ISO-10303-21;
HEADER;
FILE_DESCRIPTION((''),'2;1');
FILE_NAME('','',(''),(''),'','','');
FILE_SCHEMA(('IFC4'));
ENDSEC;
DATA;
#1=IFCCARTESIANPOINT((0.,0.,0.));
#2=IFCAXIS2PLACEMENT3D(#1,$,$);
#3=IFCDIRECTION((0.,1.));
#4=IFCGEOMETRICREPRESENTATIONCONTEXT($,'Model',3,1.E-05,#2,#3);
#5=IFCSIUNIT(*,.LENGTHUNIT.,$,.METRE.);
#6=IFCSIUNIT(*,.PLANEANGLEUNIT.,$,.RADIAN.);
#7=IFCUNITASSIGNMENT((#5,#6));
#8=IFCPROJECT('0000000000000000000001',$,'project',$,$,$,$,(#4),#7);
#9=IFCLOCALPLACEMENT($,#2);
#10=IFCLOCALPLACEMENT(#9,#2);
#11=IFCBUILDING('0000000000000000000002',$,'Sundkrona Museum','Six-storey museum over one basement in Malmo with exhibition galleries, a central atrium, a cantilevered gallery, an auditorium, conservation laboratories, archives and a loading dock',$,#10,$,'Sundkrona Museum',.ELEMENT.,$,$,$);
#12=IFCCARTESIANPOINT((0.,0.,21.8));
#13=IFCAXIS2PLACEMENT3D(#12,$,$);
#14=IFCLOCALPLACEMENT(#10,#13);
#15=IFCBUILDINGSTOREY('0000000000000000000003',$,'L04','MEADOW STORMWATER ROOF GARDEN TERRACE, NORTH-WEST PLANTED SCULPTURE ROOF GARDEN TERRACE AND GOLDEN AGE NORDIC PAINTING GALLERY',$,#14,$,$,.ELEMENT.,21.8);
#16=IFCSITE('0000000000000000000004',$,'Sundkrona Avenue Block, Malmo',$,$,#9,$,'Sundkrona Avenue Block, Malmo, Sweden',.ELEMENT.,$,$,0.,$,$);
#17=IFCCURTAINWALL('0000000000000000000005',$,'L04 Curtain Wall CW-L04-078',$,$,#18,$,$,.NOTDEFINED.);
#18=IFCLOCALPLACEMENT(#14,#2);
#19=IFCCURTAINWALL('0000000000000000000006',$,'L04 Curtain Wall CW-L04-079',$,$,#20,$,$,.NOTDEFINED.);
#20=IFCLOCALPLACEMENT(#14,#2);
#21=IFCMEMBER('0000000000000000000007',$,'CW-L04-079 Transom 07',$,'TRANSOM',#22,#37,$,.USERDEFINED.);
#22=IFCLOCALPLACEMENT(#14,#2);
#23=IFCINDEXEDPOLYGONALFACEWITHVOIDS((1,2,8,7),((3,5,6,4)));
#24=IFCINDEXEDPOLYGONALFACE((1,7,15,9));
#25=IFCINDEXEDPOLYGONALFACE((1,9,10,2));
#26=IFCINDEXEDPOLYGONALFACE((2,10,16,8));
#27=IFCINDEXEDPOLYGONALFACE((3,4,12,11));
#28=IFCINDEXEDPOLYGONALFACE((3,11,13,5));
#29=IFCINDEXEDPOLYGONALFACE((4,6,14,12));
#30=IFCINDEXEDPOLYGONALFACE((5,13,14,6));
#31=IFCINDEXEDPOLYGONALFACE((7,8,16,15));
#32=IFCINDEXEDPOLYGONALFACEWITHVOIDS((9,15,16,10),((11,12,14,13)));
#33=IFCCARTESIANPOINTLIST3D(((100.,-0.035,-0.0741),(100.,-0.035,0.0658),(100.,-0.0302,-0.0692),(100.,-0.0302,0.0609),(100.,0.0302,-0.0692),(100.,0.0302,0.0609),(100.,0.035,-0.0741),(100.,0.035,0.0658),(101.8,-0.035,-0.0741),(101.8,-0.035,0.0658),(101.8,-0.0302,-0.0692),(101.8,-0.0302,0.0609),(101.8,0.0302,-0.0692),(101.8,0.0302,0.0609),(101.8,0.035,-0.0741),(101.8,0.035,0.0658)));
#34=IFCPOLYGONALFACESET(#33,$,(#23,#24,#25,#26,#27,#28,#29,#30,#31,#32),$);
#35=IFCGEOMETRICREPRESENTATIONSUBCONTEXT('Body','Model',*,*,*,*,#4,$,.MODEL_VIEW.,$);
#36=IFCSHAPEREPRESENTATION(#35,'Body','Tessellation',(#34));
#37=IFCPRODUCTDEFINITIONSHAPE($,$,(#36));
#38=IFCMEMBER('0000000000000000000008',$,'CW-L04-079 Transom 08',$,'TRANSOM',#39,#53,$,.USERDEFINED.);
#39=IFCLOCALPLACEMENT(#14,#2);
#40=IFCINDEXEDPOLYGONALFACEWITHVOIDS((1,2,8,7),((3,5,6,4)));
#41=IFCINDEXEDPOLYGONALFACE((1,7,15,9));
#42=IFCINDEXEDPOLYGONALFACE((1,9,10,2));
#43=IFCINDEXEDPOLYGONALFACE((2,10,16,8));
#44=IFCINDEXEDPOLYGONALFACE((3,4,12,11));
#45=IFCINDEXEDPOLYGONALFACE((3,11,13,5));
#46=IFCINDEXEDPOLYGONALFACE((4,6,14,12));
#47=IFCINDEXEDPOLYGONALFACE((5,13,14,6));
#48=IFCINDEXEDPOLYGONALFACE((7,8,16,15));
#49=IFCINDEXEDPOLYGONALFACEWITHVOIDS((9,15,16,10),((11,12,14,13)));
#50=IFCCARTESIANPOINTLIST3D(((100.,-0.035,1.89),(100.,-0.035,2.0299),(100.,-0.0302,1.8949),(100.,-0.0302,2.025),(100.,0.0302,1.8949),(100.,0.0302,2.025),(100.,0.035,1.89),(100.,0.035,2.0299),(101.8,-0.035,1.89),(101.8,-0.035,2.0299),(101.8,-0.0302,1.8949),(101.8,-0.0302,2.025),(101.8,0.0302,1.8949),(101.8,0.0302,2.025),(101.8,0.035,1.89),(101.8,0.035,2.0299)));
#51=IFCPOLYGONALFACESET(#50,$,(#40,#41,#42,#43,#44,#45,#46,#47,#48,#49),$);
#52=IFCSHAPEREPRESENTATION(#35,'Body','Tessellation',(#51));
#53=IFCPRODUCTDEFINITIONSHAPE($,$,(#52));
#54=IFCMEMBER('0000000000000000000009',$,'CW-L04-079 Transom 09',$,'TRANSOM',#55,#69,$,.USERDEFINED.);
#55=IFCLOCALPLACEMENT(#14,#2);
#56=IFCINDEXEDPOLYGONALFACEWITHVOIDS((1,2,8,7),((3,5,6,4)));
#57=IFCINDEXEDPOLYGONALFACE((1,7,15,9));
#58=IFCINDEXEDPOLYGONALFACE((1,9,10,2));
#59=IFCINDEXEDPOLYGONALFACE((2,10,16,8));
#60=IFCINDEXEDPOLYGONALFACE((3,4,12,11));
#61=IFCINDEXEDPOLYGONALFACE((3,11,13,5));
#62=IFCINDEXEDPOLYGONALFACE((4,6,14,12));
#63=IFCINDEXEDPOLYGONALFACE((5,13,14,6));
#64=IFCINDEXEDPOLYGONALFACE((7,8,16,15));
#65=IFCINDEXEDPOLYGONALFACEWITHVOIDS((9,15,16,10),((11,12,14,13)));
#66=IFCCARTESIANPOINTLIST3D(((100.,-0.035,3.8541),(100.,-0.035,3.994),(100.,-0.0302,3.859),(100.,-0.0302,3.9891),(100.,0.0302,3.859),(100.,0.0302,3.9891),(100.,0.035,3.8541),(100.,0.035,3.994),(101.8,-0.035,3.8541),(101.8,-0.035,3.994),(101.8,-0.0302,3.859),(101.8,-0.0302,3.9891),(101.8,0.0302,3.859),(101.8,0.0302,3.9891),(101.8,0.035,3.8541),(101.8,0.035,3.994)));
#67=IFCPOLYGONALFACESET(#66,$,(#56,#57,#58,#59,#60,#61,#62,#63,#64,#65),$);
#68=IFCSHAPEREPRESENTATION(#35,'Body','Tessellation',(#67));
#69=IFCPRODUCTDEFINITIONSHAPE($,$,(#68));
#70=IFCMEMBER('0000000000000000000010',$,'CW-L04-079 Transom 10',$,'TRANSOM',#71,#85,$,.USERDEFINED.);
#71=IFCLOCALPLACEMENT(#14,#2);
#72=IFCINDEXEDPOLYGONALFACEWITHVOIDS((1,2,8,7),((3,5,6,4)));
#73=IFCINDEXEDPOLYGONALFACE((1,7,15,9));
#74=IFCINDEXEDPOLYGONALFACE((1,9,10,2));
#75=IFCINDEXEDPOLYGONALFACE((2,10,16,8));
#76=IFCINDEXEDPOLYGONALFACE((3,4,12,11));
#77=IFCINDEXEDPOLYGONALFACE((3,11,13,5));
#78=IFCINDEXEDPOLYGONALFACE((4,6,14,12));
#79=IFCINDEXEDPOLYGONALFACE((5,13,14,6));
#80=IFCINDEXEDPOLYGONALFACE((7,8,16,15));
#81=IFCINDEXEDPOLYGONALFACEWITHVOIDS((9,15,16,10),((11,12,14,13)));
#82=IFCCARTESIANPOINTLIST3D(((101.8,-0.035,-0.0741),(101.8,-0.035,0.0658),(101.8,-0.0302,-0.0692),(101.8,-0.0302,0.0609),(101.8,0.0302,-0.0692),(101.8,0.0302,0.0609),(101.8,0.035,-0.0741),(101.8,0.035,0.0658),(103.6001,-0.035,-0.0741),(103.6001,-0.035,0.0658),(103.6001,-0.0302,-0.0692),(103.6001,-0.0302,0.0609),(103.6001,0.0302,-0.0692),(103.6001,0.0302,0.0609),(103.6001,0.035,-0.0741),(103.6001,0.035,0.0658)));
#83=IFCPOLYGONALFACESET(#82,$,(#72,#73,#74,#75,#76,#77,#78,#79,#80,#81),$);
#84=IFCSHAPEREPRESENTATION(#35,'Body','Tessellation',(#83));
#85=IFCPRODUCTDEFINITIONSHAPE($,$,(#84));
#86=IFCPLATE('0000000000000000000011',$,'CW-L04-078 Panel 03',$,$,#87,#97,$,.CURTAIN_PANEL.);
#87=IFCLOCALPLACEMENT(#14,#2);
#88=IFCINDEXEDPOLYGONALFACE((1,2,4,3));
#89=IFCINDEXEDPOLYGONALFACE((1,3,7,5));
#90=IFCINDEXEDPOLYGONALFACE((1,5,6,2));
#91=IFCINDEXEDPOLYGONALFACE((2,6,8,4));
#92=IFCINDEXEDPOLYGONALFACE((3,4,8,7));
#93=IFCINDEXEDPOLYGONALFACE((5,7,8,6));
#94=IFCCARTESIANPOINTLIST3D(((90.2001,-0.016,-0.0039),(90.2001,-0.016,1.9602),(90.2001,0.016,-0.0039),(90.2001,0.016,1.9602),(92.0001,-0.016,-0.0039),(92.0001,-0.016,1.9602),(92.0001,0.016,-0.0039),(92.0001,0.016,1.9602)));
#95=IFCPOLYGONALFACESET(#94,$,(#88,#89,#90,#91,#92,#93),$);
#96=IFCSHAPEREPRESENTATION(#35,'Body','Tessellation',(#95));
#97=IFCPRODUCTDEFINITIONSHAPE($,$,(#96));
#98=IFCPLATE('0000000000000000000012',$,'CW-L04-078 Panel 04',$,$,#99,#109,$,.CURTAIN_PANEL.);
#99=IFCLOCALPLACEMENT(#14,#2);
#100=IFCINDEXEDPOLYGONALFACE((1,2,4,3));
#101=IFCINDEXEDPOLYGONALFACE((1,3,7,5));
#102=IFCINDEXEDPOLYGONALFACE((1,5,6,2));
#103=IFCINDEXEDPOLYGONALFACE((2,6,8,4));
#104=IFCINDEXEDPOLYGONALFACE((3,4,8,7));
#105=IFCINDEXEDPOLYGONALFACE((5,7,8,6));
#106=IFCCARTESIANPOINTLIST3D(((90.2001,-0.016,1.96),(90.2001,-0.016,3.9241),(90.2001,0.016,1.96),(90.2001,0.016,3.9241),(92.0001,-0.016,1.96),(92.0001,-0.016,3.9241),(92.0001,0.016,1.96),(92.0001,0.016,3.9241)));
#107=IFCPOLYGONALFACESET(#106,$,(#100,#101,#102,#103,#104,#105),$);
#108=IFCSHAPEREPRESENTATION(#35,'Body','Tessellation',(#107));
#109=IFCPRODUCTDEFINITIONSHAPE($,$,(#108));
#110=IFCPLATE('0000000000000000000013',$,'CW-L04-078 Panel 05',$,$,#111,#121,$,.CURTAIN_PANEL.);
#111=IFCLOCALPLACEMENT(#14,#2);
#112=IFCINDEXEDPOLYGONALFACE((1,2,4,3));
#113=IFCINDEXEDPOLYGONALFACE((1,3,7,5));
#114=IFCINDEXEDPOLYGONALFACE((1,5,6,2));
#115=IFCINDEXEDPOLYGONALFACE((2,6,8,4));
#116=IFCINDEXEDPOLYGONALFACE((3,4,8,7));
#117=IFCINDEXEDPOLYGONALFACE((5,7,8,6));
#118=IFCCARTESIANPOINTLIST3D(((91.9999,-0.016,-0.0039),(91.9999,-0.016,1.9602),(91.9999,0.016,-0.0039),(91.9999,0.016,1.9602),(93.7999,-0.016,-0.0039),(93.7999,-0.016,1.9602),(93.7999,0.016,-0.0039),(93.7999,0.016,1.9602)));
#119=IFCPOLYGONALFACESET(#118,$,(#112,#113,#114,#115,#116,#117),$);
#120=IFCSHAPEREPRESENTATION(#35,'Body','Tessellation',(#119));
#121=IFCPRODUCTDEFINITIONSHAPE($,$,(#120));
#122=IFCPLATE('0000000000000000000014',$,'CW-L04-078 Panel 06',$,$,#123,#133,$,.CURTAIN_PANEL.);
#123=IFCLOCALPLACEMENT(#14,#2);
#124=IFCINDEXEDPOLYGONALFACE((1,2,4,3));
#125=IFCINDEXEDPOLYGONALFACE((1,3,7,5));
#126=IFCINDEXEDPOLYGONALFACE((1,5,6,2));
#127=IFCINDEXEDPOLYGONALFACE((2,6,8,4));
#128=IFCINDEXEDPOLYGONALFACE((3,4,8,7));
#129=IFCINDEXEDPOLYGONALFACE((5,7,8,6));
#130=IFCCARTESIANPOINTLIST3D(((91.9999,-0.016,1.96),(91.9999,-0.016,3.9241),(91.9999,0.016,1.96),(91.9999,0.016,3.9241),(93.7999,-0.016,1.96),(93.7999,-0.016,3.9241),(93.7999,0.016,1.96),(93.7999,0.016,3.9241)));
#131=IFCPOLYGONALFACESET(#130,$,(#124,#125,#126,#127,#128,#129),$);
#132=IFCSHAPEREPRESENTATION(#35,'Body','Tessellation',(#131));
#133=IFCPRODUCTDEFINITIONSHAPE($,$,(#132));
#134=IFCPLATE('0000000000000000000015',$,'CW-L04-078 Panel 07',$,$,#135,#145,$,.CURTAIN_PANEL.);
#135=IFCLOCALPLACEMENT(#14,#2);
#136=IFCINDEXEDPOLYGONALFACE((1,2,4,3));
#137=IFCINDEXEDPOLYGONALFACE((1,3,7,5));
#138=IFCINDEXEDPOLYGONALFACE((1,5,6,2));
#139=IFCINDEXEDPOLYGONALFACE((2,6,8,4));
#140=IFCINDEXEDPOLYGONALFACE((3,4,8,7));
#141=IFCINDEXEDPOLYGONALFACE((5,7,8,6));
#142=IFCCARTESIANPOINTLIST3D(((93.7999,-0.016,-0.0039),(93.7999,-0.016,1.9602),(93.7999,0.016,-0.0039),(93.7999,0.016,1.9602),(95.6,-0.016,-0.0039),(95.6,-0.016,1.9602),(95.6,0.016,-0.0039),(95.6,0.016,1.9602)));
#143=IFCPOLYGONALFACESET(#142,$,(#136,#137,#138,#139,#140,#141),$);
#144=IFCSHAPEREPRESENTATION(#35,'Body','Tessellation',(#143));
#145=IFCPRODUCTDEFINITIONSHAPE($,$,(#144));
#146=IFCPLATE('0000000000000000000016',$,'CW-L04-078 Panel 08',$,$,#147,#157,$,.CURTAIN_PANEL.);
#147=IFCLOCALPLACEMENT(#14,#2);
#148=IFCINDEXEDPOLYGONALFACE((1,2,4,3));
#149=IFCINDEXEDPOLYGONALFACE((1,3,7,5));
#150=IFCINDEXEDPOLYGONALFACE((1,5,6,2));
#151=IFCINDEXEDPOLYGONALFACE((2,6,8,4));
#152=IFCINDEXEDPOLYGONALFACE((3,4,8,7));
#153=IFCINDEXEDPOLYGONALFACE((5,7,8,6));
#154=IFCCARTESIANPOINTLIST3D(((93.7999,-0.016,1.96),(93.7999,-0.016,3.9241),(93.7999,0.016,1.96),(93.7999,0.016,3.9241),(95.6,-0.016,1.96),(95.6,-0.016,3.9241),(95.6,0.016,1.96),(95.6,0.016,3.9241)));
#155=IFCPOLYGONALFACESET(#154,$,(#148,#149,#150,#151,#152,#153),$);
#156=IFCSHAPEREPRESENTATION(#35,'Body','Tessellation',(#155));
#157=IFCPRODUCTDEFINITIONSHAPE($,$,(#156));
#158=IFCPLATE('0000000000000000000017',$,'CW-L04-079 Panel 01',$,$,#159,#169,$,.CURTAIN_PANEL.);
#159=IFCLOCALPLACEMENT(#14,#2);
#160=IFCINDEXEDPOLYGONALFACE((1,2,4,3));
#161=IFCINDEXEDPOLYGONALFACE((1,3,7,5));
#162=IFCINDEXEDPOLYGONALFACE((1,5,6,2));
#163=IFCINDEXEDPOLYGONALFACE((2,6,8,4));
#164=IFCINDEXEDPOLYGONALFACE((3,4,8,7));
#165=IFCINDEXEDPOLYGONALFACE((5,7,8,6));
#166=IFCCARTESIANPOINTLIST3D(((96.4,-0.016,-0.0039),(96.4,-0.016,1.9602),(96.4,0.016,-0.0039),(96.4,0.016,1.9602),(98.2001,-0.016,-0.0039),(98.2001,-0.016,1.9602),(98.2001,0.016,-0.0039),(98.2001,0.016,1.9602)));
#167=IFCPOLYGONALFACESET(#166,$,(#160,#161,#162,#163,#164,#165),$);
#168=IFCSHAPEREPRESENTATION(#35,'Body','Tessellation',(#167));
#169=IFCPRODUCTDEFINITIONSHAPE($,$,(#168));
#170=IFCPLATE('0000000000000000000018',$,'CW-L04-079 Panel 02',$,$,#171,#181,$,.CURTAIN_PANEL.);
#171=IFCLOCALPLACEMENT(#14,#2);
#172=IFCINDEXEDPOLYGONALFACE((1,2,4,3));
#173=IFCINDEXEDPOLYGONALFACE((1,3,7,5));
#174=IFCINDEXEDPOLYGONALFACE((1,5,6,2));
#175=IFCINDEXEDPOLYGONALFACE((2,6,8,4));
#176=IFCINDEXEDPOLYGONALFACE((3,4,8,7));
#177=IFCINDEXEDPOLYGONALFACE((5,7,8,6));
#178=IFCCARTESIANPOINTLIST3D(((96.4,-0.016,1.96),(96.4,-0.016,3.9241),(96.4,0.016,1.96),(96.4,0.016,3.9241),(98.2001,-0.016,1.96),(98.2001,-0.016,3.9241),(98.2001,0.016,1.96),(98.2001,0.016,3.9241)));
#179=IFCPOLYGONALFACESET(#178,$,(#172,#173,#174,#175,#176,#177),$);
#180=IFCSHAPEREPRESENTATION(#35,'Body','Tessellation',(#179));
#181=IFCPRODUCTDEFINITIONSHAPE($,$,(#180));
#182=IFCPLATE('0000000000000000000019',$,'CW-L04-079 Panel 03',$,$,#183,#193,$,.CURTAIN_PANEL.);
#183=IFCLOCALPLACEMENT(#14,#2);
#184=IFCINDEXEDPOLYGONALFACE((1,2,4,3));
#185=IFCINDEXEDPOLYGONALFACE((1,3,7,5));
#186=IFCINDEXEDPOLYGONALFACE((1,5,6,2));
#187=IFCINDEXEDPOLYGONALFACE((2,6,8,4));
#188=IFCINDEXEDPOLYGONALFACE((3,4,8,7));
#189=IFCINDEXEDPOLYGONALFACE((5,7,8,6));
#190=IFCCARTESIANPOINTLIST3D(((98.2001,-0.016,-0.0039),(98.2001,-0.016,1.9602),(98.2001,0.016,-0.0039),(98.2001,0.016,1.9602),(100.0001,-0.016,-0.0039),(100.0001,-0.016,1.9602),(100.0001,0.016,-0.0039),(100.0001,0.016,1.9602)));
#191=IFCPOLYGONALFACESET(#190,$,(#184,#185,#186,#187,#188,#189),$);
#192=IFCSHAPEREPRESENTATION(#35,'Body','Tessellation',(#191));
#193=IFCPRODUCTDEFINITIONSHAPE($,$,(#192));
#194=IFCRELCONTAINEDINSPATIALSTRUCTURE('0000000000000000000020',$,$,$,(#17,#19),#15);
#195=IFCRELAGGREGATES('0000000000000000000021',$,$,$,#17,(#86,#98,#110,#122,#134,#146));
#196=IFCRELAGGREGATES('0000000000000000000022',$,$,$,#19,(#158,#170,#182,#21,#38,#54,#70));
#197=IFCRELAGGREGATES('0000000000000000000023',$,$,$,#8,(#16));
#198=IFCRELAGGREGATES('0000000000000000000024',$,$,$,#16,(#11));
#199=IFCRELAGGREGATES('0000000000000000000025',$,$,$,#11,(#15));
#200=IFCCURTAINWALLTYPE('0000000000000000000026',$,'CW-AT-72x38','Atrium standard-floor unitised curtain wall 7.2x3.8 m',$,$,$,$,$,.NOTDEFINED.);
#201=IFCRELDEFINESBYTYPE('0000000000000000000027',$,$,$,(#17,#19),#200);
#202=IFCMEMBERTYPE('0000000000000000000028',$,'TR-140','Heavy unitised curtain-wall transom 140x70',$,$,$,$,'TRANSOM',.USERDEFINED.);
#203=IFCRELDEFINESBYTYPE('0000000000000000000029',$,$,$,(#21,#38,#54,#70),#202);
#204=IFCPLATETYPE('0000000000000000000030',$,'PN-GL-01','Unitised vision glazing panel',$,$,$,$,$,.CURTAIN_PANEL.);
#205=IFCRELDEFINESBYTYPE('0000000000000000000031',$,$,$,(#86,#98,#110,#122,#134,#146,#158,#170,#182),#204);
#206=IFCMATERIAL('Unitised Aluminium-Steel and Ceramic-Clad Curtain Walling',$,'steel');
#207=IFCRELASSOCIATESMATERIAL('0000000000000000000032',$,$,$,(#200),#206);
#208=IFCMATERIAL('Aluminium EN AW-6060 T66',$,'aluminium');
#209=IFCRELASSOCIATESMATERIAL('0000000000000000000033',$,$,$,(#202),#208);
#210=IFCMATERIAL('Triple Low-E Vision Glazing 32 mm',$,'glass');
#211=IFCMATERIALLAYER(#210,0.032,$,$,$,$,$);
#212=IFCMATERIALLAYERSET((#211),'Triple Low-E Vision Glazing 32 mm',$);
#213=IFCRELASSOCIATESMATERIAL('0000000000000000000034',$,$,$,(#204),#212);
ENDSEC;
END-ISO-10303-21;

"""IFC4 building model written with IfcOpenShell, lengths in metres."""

from ifc_helpers import new_model, si_unit, direction, frame, origin, origin_2d, place, context, subcontext, project, spatial, rectangle, hollow_rectangle, extrude, material, layer, layer_set, material_profile, profile_set, type_object, element, aggregate, save


model = new_model("IFC4")

# Units and contexts
model_context = context("Model", 3, precision=1e-05, world=origin(), true_north=direction((0.0, 1.0)))
body_context = subcontext(model_context, "Body", "Model", "MODEL_VIEW")
ifc_project = project(units=[si_unit("LENGTHUNIT", "METRE"), si_unit("PLANEANGLEUNIT", "RADIAN")], contexts=[model_context])

# Site, building, storey
site_placement = place(None, origin())
site = spatial("IfcSite", under=ifc_project, at=site_placement, Name="Sundkrona Avenue Block, Malmo", LongName="Sundkrona Avenue Block, Malmo, Sweden", CompositionType="ELEMENT", RefElevation=0.0)
building_placement = place(site_placement, origin())
building = spatial("IfcBuilding", under=site, at=building_placement, Name="Sundkrona Museum", Description="Six-storey museum over one basement in Malmo with exhibition galleries, a central atrium, a cantilevered gallery, an auditorium, conservation laboratories, archives and a loading dock", LongName="Sundkrona Museum", CompositionType="ELEMENT")
storey_placement = place(building_placement, frame((0.0, 0.0, 21.8)))
storey = spatial("IfcBuildingStorey", under=building, at=storey_placement, Name="L04", Description="MEADOW STORMWATER ROOF GARDEN TERRACE, NORTH-WEST PLANTED SCULPTURE ROOF GARDEN TERRACE AND GOLDEN AGE NORDIC PAINTING GALLERY", CompositionType="ELEMENT", Elevation=21.8)

# Curtain walls
ifc_material_1 = material(Name="Unitised Aluminium-Steel and Ceramic-Clad Curtain Walling", Category="steel")
curtain_wall_type = type_object("IfcCurtainWallType", Name="CW-AT-72x38", Description="Atrium standard-floor unitised curtain wall 7.2x3.8 m", PredefinedType="NOTDEFINED", material=ifc_material_1)
curtain_wall_1_placement = place(storey_placement, origin())
curtain_wall_1 = element("IfcCurtainWall", 1, at=curtain_wall_1_placement, inside=storey, type_object=curtain_wall_type, Name="L04 Curtain Wall CW-L04-078", PredefinedType="NOTDEFINED")
ifc_material_2 = material(Name="Aluminium EN AW-6060 T66", Category="aluminium")
curtain_wall_2_placement = place(storey_placement, origin())
curtain_wall_2 = element("IfcCurtainWall", 2, at=curtain_wall_2_placement, inside=storey, type_object=curtain_wall_type, Name="L04 Curtain Wall CW-L04-079", PredefinedType="NOTDEFINED")

# Members
ifc_material_profile_1 = material_profile(ifc_material_2, hollow_rectangle(XDim=0.0701, YDim=0.1399, WallThickness=0.0049, at=origin_2d()), Name="RHS 140x70x5.0")
ifc_profile_set_1 = profile_set([ifc_material_profile_1], Name="Aluminium EN AW-6060 T66")
member_type_1 = type_object("IfcMemberType", Name="TR-140", Description="Heavy unitised curtain-wall transom 140x70", ElementType="TRANSOM", PredefinedType="USERDEFINED", material=ifc_profile_set_1)
member_1_placement = place(storey_placement, frame((100.0, 0.0, -0.0042), z_axis=(1.0, 0.0, 0.0), x_axis=(0.0, 1.0, 0.0)))
member_1 = element("IfcMember", 3, at=member_1_placement, type_object=member_type_1, Name="CW-L04-079 Transom 07", ObjectType="TRANSOM", PredefinedType="USERDEFINED", context=body_context, shape_type="SweptSolid", body=[
    extrude(hollow_rectangle(XDim=0.0701, YDim=0.1399, WallThickness=0.0049, at=origin_2d()), origin(), (0.0, 0.0, 1.0), 1.8),
])
member_2_placement = place(storey_placement, frame((100.0, 0.0, 1.96), z_axis=(1.0, 0.0, 0.0), x_axis=(0.0, 1.0, 0.0)))
member_2 = element("IfcMember", 4, at=member_2_placement, type_object=member_type_1, Name="CW-L04-079 Transom 08", ObjectType="TRANSOM", PredefinedType="USERDEFINED", context=body_context, shape_type="SweptSolid", body=[
    extrude(hollow_rectangle(XDim=0.0701, YDim=0.1399, WallThickness=0.0049, at=origin_2d()), origin(), (0.0, 0.0, 1.0), 1.8),
])
member_3_placement = place(storey_placement, frame((100.0, 0.0, 3.9241), z_axis=(1.0, 0.0, 0.0), x_axis=(0.0, 1.0, 0.0)))
member_3 = element("IfcMember", 5, at=member_3_placement, type_object=member_type_1, Name="CW-L04-079 Transom 09", ObjectType="TRANSOM", PredefinedType="USERDEFINED", context=body_context, shape_type="SweptSolid", body=[
    extrude(hollow_rectangle(XDim=0.0701, YDim=0.1399, WallThickness=0.0049, at=origin_2d()), origin(), (0.0, 0.0, 1.0), 1.8),
])
member_4_placement = place(storey_placement, frame((101.8, 0.0, -0.0042), z_axis=(1.0, 0.0, 0.0), x_axis=(0.0, 1.0, 0.0)))
member_4 = element("IfcMember", 6, at=member_4_placement, type_object=member_type_1, Name="CW-L04-079 Transom 10", ObjectType="TRANSOM", PredefinedType="USERDEFINED", context=body_context, shape_type="SweptSolid", body=[
    extrude(hollow_rectangle(XDim=0.0701, YDim=0.1399, WallThickness=0.0049, at=origin_2d()), origin(), (0.0, 0.0, 1.0), 1.8),
])

# Plates
ifc_material_3 = material(Name="Triple Low-E Vision Glazing 32 mm", Category="glass")
ifc_layer = layer(ifc_material_3, 0.032)
ifc_layer_set = layer_set([ifc_layer], Name="Triple Low-E Vision Glazing 32 mm")
plate_type = type_object("IfcPlateType", Name="PN-GL-01", Description="Unitised vision glazing panel", PredefinedType="CURTAIN_PANEL", material=ifc_layer_set)
plate_1_placement = place(storey_placement, frame((91.1001, 0.0, -0.0039), z_axis=(0.0, 0.0, 1.0), x_axis=(1.0, 0.0, 0.0)))
plate_1 = element("IfcPlate", 7, at=plate_1_placement, type_object=plate_type, Name="CW-L04-078 Panel 03", PredefinedType="CURTAIN_PANEL", context=body_context, shape_type="SweptSolid", body=[
    extrude(rectangle(XDim=1.8, YDim=0.032, at=origin_2d()), origin(), (0.0, 0.0, 1.0), 1.9641),
])
plate_2_placement = place(storey_placement, frame((91.1001, 0.0, 1.96), z_axis=(0.0, 0.0, 1.0), x_axis=(1.0, 0.0, 0.0)))
plate_2 = element("IfcPlate", 8, at=plate_2_placement, type_object=plate_type, Name="CW-L04-078 Panel 04", PredefinedType="CURTAIN_PANEL", context=body_context, shape_type="SweptSolid", body=[
    extrude(rectangle(XDim=1.8, YDim=0.032, at=origin_2d()), origin(), (0.0, 0.0, 1.0), 1.9641),
])
plate_3_placement = place(storey_placement, frame((92.8999, 0.0, -0.0039), z_axis=(0.0, 0.0, 1.0), x_axis=(1.0, 0.0, 0.0)))
plate_3 = element("IfcPlate", 9, at=plate_3_placement, type_object=plate_type, Name="CW-L04-078 Panel 05", PredefinedType="CURTAIN_PANEL", context=body_context, shape_type="SweptSolid", body=[
    extrude(rectangle(XDim=1.8, YDim=0.032, at=origin_2d()), origin(), (0.0, 0.0, 1.0), 1.9641),
])
plate_4_placement = place(storey_placement, frame((92.8999, 0.0, 1.96), z_axis=(0.0, 0.0, 1.0), x_axis=(1.0, 0.0, 0.0)))
plate_4 = element("IfcPlate", 10, at=plate_4_placement, type_object=plate_type, Name="CW-L04-078 Panel 06", PredefinedType="CURTAIN_PANEL", context=body_context, shape_type="SweptSolid", body=[
    extrude(rectangle(XDim=1.8, YDim=0.032, at=origin_2d()), origin(), (0.0, 0.0, 1.0), 1.9641),
])
plate_5_placement = place(storey_placement, frame((94.7, 0.0, -0.0039), z_axis=(0.0, 0.0, 1.0), x_axis=(1.0, 0.0, 0.0)))
plate_5 = element("IfcPlate", 11, at=plate_5_placement, type_object=plate_type, Name="CW-L04-078 Panel 07", PredefinedType="CURTAIN_PANEL", context=body_context, shape_type="SweptSolid", body=[
    extrude(rectangle(XDim=1.8, YDim=0.032, at=origin_2d()), origin(), (0.0, 0.0, 1.0), 1.9641),
])
plate_6_placement = place(storey_placement, frame((94.7, 0.0, 1.96), z_axis=(0.0, 0.0, 1.0), x_axis=(1.0, 0.0, 0.0)))
plate_6 = element("IfcPlate", 12, at=plate_6_placement, type_object=plate_type, Name="CW-L04-078 Panel 08", PredefinedType="CURTAIN_PANEL", context=body_context, shape_type="SweptSolid", body=[
    extrude(rectangle(XDim=1.8, YDim=0.032, at=origin_2d()), origin(), (0.0, 0.0, 1.0), 1.9641),
])
aggregate(curtain_wall_1, [plate_1, plate_2, plate_3, plate_4, plate_5, plate_6])
plate_7_placement = place(storey_placement, frame((97.3, 0.0, -0.0039), z_axis=(0.0, 0.0, 1.0), x_axis=(1.0, 0.0, 0.0)))
plate_7 = element("IfcPlate", 13, at=plate_7_placement, type_object=plate_type, Name="CW-L04-079 Panel 01", PredefinedType="CURTAIN_PANEL", context=body_context, shape_type="SweptSolid", body=[
    extrude(rectangle(XDim=1.8, YDim=0.032, at=origin_2d()), origin(), (0.0, 0.0, 1.0), 1.9641),
])
plate_8_placement = place(storey_placement, frame((97.3, 0.0, 1.96), z_axis=(0.0, 0.0, 1.0), x_axis=(1.0, 0.0, 0.0)))
plate_8 = element("IfcPlate", 14, at=plate_8_placement, type_object=plate_type, Name="CW-L04-079 Panel 02", PredefinedType="CURTAIN_PANEL", context=body_context, shape_type="SweptSolid", body=[
    extrude(rectangle(XDim=1.8, YDim=0.032, at=origin_2d()), origin(), (0.0, 0.0, 1.0), 1.9641),
])
plate_9_placement = place(storey_placement, frame((99.1001, 0.0, -0.0039), z_axis=(0.0, 0.0, 1.0), x_axis=(1.0, 0.0, 0.0)))
plate_9 = element("IfcPlate", 15, at=plate_9_placement, type_object=plate_type, Name="CW-L04-079 Panel 03", PredefinedType="CURTAIN_PANEL", context=body_context, shape_type="SweptSolid", body=[
    extrude(rectangle(XDim=1.8, YDim=0.032, at=origin_2d()), origin(), (0.0, 0.0, 1.0), 1.9641),
])
aggregate(curtain_wall_2, [plate_7, plate_8, plate_9, member_1, member_2, member_3, member_4])

save(model, "model.ifc")
